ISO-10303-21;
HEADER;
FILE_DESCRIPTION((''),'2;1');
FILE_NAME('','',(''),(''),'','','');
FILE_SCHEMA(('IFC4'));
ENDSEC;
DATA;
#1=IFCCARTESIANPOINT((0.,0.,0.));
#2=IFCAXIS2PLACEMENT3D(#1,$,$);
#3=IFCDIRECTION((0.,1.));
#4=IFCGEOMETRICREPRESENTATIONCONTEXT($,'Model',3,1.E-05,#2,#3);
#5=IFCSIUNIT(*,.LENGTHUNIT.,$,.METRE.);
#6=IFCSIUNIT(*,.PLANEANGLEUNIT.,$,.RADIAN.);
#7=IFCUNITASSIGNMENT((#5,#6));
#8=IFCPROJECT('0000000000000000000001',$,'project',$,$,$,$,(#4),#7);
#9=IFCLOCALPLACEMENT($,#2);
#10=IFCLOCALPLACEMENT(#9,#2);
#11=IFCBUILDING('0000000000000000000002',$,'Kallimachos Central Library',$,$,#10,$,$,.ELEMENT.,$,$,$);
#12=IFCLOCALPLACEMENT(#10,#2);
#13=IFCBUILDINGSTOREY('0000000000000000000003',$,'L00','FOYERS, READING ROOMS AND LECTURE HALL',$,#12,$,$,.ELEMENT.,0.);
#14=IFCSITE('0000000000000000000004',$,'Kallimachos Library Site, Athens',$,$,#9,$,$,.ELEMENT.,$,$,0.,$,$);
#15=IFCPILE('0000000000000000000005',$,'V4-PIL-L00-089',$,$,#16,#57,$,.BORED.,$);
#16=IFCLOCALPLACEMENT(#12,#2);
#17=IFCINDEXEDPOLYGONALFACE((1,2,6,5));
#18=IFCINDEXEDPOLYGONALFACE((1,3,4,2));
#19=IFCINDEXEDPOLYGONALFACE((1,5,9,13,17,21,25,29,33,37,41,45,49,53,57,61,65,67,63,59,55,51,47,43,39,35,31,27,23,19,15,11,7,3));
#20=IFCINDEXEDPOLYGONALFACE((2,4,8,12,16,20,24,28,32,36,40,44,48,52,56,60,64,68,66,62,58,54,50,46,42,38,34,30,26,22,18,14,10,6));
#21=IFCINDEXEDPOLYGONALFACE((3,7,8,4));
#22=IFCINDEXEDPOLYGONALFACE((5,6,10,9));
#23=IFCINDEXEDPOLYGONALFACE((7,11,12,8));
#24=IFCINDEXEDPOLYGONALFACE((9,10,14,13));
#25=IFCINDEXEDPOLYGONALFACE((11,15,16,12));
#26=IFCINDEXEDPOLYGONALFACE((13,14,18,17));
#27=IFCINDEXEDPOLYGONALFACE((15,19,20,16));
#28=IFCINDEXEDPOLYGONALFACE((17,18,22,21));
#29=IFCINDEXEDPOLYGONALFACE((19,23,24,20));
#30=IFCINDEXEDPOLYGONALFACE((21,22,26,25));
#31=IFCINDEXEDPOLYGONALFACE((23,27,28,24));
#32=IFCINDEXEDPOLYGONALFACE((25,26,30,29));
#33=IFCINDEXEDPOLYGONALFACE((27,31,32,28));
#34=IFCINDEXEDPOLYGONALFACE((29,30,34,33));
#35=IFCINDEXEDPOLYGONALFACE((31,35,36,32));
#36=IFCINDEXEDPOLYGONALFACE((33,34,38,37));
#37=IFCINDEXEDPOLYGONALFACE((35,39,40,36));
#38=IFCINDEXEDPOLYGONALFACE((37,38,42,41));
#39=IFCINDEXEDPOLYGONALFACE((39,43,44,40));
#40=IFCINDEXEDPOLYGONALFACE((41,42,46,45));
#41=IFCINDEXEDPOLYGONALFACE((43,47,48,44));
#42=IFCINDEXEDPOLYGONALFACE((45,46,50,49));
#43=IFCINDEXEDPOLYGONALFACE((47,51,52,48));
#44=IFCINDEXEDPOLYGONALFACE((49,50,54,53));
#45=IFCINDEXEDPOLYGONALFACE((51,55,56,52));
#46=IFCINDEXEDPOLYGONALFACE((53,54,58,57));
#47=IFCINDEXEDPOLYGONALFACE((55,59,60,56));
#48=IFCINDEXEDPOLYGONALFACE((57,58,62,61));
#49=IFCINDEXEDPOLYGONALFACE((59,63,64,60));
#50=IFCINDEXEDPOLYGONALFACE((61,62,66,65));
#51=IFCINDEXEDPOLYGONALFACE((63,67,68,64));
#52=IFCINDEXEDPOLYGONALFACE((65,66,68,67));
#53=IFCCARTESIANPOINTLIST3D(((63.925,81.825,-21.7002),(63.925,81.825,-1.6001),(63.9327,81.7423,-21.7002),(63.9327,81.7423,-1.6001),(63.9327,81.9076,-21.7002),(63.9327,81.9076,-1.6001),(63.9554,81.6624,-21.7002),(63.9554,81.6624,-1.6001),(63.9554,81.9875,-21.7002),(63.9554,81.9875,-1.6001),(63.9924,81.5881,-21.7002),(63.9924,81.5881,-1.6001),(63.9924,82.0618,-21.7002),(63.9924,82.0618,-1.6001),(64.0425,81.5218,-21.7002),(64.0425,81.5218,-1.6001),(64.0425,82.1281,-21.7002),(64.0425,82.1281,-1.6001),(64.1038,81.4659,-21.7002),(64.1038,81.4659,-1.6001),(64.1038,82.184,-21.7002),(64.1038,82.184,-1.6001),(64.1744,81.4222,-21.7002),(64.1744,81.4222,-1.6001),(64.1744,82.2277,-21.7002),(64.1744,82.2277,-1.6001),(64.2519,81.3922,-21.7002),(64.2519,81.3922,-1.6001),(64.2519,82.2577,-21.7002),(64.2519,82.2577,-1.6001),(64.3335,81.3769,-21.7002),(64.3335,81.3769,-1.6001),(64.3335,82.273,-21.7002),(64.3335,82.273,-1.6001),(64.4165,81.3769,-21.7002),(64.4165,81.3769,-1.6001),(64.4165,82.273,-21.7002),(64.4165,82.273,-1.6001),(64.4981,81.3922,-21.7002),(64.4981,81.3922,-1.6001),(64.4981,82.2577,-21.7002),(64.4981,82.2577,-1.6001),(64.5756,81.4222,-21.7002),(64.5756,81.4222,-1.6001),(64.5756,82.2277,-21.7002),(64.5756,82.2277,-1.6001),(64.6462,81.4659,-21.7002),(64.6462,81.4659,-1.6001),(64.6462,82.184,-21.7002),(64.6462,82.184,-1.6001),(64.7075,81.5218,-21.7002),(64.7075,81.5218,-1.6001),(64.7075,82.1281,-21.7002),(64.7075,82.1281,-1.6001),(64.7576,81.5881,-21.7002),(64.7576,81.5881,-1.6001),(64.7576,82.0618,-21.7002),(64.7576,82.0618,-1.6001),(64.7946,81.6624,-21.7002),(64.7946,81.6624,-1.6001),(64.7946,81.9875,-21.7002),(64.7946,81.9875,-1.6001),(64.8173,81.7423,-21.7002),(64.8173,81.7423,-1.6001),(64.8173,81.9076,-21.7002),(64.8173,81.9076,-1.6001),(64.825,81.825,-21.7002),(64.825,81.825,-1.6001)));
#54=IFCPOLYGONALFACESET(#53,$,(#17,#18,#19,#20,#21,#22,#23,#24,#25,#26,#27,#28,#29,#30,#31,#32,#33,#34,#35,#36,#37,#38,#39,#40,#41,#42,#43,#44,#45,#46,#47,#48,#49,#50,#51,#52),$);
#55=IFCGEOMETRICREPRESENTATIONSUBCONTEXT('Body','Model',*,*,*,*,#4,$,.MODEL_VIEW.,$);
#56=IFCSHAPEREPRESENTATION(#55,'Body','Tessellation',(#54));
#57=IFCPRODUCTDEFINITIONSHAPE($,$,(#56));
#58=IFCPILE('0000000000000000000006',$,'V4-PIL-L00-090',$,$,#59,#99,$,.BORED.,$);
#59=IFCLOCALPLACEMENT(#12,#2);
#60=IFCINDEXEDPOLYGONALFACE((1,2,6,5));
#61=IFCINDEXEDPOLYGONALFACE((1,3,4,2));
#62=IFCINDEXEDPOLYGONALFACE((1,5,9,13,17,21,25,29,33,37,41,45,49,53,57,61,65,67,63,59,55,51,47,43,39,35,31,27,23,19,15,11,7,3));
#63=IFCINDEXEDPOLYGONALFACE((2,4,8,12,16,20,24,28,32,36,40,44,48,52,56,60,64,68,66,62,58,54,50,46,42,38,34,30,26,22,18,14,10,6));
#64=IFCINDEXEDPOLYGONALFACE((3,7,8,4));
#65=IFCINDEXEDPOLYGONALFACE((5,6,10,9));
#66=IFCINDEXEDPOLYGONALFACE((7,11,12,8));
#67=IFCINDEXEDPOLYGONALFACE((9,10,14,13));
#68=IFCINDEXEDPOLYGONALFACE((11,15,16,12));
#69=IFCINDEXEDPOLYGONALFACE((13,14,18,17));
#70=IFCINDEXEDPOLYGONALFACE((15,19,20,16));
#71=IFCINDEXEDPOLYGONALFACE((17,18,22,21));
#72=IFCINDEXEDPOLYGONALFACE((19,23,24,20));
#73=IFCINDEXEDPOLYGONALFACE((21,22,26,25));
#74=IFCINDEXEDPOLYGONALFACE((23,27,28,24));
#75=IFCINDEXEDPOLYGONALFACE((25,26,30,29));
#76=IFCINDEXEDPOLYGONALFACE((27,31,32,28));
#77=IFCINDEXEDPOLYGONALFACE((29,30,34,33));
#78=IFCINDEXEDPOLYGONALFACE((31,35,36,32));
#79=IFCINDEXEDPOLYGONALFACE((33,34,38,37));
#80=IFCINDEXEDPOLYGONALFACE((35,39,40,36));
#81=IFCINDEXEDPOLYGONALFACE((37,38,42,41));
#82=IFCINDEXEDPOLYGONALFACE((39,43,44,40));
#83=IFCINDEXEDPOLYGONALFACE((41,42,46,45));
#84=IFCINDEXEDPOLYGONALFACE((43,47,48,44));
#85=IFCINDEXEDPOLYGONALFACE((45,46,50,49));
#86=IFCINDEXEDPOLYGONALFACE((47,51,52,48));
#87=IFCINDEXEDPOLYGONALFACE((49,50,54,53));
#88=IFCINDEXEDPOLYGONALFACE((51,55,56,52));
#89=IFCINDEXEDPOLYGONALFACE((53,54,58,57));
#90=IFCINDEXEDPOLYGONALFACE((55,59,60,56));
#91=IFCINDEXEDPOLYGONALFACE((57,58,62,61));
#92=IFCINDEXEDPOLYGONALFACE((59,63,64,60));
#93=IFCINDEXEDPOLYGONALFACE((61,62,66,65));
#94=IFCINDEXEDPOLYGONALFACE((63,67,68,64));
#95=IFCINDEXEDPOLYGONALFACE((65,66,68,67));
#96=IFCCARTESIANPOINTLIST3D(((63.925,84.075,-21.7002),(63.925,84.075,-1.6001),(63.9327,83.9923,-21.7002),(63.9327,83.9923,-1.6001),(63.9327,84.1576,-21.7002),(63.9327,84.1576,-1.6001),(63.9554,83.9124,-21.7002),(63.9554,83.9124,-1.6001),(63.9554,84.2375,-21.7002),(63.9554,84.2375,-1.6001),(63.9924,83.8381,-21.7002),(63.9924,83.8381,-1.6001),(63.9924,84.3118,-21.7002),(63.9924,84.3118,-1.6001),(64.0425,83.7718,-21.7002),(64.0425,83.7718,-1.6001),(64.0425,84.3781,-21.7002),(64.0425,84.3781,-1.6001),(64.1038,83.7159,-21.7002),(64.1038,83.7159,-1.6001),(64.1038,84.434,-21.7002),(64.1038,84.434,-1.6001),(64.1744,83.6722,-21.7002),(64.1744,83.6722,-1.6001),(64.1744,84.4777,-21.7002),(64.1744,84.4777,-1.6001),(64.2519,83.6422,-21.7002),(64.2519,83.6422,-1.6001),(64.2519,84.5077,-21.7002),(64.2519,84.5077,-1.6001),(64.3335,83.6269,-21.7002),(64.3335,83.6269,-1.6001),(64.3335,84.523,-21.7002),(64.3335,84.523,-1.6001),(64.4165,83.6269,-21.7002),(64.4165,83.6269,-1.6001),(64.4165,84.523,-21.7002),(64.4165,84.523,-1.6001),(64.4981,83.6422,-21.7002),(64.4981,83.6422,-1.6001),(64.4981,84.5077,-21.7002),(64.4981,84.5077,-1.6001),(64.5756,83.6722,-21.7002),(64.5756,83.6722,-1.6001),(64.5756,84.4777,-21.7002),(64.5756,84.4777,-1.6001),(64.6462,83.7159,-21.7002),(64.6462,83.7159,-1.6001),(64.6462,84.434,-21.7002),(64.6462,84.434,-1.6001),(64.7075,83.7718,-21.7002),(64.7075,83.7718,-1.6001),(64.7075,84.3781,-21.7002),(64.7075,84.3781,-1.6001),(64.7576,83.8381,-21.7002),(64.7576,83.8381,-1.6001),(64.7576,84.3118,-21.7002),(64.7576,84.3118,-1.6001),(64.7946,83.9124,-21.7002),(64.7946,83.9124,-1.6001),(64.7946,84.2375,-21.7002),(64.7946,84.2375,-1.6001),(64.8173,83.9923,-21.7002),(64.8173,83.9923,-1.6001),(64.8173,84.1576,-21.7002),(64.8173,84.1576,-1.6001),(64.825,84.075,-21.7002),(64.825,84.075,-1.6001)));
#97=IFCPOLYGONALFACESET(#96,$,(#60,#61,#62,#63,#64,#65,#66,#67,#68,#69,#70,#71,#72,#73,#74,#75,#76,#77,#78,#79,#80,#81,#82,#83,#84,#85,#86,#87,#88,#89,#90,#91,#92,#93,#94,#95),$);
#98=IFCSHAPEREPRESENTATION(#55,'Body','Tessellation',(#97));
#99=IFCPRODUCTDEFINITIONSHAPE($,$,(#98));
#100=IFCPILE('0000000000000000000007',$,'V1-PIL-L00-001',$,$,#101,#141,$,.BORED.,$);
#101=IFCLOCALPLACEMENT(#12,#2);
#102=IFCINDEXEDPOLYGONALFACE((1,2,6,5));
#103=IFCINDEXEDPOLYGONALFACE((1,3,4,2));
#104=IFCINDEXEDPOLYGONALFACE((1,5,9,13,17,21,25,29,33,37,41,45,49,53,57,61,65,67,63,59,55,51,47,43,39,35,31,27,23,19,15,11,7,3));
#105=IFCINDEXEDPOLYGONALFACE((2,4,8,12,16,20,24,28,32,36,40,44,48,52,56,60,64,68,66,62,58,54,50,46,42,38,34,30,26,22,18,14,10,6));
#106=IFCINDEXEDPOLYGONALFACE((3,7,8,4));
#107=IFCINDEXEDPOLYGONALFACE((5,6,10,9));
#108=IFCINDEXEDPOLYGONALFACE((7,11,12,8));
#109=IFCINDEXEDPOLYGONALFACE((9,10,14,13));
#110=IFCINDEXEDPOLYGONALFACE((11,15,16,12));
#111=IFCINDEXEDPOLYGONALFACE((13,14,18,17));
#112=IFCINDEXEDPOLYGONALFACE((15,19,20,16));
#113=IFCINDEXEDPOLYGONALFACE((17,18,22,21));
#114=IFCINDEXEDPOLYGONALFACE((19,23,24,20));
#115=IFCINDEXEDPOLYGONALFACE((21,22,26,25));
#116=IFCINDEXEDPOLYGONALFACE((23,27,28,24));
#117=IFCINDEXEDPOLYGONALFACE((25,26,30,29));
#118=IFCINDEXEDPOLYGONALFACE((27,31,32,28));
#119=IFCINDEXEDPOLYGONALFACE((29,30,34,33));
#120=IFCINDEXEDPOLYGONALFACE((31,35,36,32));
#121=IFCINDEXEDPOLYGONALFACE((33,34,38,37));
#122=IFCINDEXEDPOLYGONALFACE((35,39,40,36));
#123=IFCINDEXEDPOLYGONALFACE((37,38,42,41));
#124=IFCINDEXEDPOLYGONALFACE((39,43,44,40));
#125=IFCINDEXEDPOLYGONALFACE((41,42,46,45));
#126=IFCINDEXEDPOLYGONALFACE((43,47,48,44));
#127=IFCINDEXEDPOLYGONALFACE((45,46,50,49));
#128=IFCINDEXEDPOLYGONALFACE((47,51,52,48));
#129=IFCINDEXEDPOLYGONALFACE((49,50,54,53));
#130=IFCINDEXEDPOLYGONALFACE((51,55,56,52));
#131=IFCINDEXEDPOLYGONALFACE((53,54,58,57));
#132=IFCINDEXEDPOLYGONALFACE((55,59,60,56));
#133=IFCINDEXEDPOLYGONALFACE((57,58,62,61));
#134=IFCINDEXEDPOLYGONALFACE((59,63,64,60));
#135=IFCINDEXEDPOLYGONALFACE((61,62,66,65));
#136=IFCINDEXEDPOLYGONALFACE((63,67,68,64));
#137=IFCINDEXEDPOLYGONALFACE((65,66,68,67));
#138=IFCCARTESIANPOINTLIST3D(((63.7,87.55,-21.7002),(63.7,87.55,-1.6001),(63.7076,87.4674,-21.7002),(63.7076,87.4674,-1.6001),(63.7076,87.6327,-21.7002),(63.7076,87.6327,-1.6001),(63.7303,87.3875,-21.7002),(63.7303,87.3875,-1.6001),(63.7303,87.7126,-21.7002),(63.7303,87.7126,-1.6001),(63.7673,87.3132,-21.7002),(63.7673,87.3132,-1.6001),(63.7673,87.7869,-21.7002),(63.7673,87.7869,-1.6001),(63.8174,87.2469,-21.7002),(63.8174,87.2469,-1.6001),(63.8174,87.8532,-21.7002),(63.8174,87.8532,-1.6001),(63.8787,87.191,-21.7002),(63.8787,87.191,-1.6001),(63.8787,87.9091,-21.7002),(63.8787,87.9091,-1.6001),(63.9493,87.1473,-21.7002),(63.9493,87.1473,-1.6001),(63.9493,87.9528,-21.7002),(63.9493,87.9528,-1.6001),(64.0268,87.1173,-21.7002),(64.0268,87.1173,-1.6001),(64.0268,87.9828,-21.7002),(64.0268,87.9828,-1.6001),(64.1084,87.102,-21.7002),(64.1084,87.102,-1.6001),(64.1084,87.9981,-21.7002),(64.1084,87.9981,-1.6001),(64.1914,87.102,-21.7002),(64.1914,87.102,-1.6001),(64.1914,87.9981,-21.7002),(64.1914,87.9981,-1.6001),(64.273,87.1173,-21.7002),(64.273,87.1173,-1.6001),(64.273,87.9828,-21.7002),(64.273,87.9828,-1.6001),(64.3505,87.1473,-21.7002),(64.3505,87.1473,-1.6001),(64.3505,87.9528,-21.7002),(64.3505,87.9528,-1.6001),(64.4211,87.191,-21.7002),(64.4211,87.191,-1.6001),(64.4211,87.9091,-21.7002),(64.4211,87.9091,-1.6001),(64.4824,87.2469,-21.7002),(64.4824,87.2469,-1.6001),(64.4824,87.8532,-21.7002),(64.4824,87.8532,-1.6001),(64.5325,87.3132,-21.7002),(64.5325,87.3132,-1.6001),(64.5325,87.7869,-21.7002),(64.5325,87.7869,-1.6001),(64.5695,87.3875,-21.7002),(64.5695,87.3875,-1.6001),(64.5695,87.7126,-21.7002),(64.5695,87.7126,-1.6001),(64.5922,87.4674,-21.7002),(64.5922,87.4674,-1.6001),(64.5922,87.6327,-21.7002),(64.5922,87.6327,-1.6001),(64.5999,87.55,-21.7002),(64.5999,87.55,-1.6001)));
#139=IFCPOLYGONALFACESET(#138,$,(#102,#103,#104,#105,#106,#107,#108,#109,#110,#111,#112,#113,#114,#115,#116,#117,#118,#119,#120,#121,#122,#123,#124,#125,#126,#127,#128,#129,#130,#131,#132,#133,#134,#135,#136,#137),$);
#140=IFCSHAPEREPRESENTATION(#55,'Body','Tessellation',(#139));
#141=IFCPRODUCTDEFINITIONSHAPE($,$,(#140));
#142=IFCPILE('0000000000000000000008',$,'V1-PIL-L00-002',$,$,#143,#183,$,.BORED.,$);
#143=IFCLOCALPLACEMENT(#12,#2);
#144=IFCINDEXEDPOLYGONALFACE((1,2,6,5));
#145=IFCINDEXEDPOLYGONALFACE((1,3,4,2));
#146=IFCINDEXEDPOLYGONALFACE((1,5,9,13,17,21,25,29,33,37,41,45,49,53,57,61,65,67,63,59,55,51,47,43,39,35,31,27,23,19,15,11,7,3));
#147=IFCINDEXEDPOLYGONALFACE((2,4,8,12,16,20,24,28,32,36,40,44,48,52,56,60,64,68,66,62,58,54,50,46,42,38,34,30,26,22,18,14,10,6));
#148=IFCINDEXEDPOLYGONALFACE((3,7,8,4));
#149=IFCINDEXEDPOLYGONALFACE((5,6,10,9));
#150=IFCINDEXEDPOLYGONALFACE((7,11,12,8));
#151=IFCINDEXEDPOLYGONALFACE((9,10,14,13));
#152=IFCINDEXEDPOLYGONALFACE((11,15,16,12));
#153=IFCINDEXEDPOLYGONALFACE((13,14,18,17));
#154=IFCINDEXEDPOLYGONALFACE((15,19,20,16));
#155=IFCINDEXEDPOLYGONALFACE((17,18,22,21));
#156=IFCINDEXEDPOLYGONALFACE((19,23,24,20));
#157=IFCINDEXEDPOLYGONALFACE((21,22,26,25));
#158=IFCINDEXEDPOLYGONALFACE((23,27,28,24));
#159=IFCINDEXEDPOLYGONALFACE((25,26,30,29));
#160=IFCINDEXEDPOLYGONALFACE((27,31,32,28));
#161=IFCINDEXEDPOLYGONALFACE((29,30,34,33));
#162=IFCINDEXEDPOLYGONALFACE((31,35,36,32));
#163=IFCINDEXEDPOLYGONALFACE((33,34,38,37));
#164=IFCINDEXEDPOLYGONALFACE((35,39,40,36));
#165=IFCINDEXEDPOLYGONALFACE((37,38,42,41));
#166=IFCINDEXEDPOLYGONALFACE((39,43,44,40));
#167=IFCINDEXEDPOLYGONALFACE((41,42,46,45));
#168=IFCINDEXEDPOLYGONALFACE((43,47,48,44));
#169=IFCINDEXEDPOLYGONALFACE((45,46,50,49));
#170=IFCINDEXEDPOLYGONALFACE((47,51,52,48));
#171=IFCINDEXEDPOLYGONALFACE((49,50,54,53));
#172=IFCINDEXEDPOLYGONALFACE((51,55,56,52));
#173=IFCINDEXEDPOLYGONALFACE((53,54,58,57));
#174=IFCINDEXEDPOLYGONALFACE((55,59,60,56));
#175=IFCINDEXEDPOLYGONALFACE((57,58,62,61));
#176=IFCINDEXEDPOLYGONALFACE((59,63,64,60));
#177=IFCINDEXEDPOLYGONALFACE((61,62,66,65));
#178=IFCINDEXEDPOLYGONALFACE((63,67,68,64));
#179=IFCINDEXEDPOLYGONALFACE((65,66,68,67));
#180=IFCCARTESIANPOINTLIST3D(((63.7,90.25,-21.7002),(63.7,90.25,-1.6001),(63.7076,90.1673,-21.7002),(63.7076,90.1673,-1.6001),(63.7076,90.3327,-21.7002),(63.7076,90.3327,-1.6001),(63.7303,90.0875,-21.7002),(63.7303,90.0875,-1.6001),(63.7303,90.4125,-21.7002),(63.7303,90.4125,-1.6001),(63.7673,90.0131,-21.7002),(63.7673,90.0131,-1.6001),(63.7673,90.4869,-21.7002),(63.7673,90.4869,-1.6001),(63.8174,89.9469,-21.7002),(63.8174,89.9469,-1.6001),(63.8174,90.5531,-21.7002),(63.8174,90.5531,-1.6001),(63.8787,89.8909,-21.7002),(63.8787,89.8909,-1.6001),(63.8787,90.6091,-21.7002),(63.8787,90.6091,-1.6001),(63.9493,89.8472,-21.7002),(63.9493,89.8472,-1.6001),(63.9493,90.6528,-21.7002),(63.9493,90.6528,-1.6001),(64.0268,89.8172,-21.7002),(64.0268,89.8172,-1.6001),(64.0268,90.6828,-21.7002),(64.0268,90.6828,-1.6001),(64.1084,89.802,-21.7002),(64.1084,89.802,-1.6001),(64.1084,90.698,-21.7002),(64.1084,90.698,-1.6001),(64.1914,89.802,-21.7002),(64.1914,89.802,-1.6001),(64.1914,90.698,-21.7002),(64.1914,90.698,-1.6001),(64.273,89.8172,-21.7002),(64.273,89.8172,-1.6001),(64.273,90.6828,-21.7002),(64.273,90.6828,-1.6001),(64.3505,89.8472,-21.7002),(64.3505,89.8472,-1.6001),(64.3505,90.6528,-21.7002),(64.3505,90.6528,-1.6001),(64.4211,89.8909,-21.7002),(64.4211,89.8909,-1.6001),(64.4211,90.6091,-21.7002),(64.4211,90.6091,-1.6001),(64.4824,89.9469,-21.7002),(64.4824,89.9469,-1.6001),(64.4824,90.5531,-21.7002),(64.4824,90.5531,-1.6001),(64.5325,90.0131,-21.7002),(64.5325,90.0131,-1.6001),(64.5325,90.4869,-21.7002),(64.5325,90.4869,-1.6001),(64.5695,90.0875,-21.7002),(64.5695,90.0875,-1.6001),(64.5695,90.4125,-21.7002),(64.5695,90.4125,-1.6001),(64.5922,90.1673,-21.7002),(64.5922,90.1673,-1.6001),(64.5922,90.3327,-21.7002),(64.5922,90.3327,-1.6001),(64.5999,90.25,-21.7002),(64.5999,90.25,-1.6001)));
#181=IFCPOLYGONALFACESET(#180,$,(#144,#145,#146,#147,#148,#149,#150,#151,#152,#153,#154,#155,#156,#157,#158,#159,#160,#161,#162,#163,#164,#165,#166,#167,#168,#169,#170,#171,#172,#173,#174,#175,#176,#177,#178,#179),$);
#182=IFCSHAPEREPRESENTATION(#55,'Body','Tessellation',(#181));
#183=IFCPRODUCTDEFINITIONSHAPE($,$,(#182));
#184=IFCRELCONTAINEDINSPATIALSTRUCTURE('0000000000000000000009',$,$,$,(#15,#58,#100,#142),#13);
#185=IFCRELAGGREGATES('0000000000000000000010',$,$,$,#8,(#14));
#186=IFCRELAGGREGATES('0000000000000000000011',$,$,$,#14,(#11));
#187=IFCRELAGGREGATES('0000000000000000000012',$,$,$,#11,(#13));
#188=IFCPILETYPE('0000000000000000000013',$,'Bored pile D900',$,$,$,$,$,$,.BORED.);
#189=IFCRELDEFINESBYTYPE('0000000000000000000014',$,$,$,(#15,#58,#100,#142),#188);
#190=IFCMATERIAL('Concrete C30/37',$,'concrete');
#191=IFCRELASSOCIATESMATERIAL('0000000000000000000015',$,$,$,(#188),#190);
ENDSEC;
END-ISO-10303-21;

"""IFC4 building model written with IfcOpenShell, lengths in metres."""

from ifc_helpers import new_model, si_unit, direction, frame, origin, origin_2d, place, context, subcontext, project, spatial, circle, extrude, material, type_object, element, save


model = new_model("IFC4")

# Units and contexts
model_context = context("Model", 3, precision=1e-05, world=origin(), true_north=direction((0.0, 1.0)))
body_context = subcontext(model_context, "Body", "Model", "MODEL_VIEW")
ifc_project = project(units=[si_unit("LENGTHUNIT", "METRE"), si_unit("PLANEANGLEUNIT", "RADIAN")], contexts=[model_context])

# Site, building, storey
site_placement = place(None, origin())
site = spatial("IfcSite", under=ifc_project, at=site_placement, Name="Kallimachos Library Site, Athens", CompositionType="ELEMENT", RefElevation=0.0)
building_placement = place(site_placement, origin())
building = spatial("IfcBuilding", under=site, at=building_placement, Name="Kallimachos Central Library", CompositionType="ELEMENT")
storey_placement = place(building_placement, origin())
storey = spatial("IfcBuildingStorey", under=building, at=storey_placement, Name="L00", Description="FOYERS, READING ROOMS AND LECTURE HALL", CompositionType="ELEMENT", Elevation=0.0)

# Piles
ifc_material_1 = material(Name="Concrete C30/37", Category="concrete")
pile_type = type_object("IfcPileType", Name="Bored pile D900", PredefinedType="BORED", material=ifc_material_1)
for number, where, z_axis, x_axis, name in (
    (1, (64.375, 81.825, -1.6001), (0.0, 0.0, -1.0), (1.0, 0.0, 0.0), "V4-PIL-L00-089"),
    (2, (64.375, 84.075, -1.6001), (0.0, 0.0, -1.0), (1.0, 0.0, 0.0), "V4-PIL-L00-090"),
    (3, (64.1499, 87.55, -1.6001), (0.0, 0.0, -1.0), (1.0, 0.0, 0.0), "V1-PIL-L00-001"),
    (4, (64.1499, 90.25, -1.6001), (0.0, 0.0, -1.0), (1.0, 0.0, 0.0), "V1-PIL-L00-002"),
):
    element("IfcPile", number, at=place(storey_placement, frame(where, z_axis=z_axis, x_axis=x_axis)), inside=storey, type_object=pile_type, Name=name, PredefinedType="BORED", context=body_context, shape_type="SweptSolid", body=[
        extrude(circle(Radius=0.45, at=origin_2d()), origin(), (0.0, 0.0, 1.0), 20.1001),
    ])

save(model, "model.ifc")
